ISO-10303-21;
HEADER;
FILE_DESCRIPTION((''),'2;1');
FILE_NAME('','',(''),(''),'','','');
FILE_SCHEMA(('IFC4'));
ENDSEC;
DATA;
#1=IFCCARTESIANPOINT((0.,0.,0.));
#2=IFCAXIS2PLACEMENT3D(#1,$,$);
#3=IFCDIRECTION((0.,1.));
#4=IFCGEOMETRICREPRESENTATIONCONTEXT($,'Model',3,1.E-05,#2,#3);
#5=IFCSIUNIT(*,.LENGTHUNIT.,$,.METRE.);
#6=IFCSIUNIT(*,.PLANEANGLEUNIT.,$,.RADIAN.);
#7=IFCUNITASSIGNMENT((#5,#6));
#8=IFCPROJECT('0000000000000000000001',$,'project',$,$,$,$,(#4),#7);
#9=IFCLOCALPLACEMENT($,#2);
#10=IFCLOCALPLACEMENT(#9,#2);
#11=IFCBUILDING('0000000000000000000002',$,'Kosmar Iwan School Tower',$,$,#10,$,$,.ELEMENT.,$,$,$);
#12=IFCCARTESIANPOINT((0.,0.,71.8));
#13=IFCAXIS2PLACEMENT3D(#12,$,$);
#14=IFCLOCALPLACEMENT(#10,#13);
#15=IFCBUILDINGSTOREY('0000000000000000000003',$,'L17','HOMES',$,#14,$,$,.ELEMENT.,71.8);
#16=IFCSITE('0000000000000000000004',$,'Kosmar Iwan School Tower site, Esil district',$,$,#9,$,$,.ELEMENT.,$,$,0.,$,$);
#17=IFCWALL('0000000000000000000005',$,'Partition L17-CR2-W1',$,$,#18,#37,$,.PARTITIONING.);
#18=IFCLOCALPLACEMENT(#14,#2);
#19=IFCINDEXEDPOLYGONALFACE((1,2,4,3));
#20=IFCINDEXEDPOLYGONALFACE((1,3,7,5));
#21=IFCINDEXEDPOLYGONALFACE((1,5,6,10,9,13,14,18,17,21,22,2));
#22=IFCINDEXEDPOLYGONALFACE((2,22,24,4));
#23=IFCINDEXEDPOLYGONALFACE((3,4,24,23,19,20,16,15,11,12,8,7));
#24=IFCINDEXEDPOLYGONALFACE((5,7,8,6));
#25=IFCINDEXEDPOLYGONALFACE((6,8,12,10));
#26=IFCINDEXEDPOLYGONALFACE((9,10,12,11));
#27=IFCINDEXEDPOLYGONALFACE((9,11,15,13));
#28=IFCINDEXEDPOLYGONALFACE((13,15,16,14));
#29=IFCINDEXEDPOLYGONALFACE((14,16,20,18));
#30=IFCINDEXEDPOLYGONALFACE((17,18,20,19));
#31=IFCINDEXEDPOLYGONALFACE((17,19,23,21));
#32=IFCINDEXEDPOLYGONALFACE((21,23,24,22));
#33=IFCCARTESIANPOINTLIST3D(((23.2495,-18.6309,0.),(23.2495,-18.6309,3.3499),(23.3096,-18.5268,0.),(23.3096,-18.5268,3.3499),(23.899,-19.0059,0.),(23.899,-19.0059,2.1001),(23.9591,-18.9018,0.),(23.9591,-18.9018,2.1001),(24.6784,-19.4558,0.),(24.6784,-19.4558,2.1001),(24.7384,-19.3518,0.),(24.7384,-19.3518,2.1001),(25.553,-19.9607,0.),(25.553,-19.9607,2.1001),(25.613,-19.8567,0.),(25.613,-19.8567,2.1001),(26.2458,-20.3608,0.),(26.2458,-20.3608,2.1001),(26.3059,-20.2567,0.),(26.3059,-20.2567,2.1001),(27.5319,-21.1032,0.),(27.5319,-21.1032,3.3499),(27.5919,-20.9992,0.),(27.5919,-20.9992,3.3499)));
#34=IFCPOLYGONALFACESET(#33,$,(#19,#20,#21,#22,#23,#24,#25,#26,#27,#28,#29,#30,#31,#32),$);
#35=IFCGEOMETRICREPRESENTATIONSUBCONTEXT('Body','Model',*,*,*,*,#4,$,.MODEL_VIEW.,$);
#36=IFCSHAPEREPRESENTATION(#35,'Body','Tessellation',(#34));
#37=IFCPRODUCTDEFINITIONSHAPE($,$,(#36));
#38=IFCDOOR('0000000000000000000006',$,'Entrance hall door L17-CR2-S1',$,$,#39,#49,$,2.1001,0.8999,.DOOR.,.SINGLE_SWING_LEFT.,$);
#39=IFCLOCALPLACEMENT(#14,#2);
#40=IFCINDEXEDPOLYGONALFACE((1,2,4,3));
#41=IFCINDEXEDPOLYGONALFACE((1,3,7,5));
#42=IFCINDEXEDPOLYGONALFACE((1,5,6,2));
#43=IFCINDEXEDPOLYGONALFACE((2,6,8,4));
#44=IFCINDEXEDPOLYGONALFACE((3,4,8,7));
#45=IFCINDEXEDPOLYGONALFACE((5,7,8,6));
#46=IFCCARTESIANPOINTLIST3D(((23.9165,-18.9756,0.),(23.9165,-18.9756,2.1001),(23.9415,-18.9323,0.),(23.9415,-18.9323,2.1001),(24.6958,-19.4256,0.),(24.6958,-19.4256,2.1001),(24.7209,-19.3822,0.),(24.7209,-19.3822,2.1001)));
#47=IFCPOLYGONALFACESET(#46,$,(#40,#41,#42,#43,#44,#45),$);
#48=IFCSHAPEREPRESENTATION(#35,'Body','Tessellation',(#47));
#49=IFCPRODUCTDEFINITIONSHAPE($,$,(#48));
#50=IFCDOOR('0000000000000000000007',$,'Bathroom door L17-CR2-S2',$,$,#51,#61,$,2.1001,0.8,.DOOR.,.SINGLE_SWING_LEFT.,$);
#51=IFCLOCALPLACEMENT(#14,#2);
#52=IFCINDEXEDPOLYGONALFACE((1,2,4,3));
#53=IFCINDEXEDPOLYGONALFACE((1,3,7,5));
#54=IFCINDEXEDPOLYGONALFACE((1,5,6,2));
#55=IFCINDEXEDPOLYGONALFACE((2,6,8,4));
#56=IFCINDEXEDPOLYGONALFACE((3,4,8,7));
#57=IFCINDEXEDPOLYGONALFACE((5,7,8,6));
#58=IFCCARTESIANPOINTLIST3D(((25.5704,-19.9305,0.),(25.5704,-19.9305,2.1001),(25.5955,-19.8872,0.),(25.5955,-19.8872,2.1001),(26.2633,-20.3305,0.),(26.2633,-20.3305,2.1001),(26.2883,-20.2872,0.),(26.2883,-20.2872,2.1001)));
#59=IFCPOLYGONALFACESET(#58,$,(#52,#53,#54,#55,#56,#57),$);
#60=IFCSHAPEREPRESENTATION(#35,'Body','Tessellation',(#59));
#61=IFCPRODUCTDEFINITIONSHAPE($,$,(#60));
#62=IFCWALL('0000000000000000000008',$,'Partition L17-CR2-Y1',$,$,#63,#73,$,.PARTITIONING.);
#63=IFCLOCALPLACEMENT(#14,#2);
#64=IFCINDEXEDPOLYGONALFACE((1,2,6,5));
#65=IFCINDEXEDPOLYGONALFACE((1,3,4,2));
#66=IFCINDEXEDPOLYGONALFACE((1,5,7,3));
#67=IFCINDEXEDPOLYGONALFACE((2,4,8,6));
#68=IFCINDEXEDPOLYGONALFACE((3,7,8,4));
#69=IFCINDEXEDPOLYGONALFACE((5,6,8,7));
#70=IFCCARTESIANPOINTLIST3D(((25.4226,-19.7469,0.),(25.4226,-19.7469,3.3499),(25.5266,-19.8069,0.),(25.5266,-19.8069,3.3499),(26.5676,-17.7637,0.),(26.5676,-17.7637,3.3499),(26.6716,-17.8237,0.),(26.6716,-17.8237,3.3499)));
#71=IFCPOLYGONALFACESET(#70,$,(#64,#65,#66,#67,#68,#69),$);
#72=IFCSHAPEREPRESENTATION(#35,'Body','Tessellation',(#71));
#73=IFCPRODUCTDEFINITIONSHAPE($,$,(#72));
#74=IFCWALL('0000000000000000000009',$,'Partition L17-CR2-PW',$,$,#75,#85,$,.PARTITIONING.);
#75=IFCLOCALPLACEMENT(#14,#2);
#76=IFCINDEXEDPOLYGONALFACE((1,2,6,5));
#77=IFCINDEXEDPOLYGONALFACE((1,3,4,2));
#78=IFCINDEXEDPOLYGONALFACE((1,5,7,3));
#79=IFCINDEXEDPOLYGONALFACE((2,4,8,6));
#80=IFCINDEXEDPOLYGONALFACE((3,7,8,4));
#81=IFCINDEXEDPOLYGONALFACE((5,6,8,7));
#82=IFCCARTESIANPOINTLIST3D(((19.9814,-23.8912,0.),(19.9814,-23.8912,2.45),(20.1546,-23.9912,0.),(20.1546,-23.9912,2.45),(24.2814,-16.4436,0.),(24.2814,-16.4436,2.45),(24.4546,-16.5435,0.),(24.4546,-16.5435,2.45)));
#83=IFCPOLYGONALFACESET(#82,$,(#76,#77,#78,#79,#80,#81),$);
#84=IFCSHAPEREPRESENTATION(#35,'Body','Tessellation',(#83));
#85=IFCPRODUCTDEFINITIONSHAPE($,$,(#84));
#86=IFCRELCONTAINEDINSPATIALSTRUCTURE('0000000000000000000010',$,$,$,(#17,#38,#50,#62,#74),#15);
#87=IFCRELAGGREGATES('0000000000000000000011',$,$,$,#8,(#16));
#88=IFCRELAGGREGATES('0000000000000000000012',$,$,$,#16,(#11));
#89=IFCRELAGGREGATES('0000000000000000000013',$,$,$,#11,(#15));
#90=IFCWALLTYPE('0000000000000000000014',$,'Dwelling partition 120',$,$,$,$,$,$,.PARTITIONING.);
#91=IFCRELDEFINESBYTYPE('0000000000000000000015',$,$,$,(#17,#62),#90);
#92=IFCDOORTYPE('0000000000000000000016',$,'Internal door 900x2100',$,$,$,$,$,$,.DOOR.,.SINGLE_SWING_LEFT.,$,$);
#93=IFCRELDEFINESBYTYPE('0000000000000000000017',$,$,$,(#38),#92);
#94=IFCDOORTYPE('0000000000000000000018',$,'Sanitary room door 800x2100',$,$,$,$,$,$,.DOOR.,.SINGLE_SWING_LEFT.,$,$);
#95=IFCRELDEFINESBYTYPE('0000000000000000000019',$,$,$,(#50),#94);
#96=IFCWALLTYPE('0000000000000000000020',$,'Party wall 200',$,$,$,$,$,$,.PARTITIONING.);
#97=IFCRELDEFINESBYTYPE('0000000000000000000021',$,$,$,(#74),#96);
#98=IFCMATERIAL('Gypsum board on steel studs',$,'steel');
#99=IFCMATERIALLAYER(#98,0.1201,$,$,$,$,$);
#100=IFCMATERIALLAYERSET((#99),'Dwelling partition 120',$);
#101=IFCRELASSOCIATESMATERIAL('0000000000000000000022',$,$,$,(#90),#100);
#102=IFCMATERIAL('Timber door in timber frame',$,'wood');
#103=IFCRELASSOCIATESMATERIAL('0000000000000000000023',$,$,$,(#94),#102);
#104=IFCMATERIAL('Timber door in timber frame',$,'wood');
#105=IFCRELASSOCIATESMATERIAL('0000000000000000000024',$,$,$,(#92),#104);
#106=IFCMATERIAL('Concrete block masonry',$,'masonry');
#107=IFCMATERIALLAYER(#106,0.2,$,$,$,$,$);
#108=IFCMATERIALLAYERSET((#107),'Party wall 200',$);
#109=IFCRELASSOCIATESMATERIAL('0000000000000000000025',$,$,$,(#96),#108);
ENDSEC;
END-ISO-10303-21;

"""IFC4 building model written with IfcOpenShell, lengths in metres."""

from ifc_helpers import new_model, si_unit, direction, frame, frame_2d, origin, place, context, subcontext, project, spatial, rectangle, extrude, material, layer, layer_set, type_object, element, fill, save


model = new_model("IFC4")

# Units and contexts
model_context = context("Model", 3, precision=1e-05, world=origin(), true_north=direction((0.0, 1.0)))
body_context = subcontext(model_context, "Body", "Model", "MODEL_VIEW")
ifc_project = project(units=[si_unit("LENGTHUNIT", "METRE"), si_unit("PLANEANGLEUNIT", "RADIAN")], contexts=[model_context])

# Site, building, storey
site_placement = place(None, origin())
site = spatial("IfcSite", under=ifc_project, at=site_placement, Name="Kosmar Iwan School Tower site, Esil district", CompositionType="ELEMENT", RefElevation=0.0)
building_placement = place(site_placement, origin())
building = spatial("IfcBuilding", under=site, at=building_placement, Name="Kosmar Iwan School Tower", CompositionType="ELEMENT")
storey_placement = place(building_placement, frame((0.0, 0.0, 71.8)))
storey = spatial("IfcBuildingStorey", under=building, at=storey_placement, Name="L17", Description="HOMES", CompositionType="ELEMENT", Elevation=71.8)

# Shared definitions
ifc_material_1 = material(Name="Gypsum board on steel studs", Category="steel")
ifc_layer_1 = layer(ifc_material_1, 0.1201)
ifc_layer_set_1 = layer_set([ifc_layer_1], Name="Dwelling partition 120")
wall_type_1 = type_object("IfcWallType", Name="Dwelling partition 120", PredefinedType="PARTITIONING", material=ifc_layer_set_1)
ifc_material_2 = material(Name="Timber door in timber frame", Category="wood")
door_type_1 = type_object("IfcDoorType", Name="Sanitary room door 800x2100", OperationType="SINGLE_SWING_LEFT", PredefinedType="DOOR", material=ifc_material_2)

# Wall, openings, doors
wall_1_placement = place(storey_placement, frame((23.2795, -18.5789, 0.0), z_axis=(0.0, 0.0, 1.0), x_axis=(0.866032, -0.499989, 0.0)))
wall_1 = element("IfcWall", 1, at=wall_1_placement, inside=storey, type_object=wall_type_1, Name="Partition L17-CR2-W1", PredefinedType="PARTITIONING", context=body_context, shape_type="SweptSolid", body=[
    extrude(rectangle(XDim=4.9448, YDim=0.1201, at=frame_2d((2.4724, 0.0))), origin(), (0.0, 0.0, 1.0), 3.3499),
])
opening_1_placement = place(wall_1_placement, frame((0.75, 0.0, 0.0)))
opening_1 = element("IfcOpeningElement", 2, at=opening_1_placement, cuts=wall_1, PredefinedType="OPENING", context=body_context, shape_type="SweptSolid", body=[
    extrude(rectangle(XDim=0.8999, YDim=2.1001, at=frame_2d((0.45, 1.05))), frame((0.0, 0.072, 0.0), z_axis=(0.0, -1.0, 0.0), x_axis=(1.0, 0.0, 0.0)), (0.0, 0.0, 1.0), 0.144),
])
opening_2_placement = place(wall_1_placement, frame((2.6599, 0.0, 0.0)))
opening_2 = element("IfcOpeningElement", 3, at=opening_2_placement, cuts=wall_1, PredefinedType="OPENING", context=body_context, shape_type="SweptSolid", body=[
    extrude(rectangle(XDim=0.8, YDim=2.1001, at=frame_2d((0.3999, 1.05))), frame((0.0, 0.072, 0.0), z_axis=(0.0, -1.0, 0.0), x_axis=(1.0, 0.0, 0.0)), (0.0, 0.0, 1.0), 0.144),
])
ifc_material_3 = material(Name="Timber door in timber frame", Category="wood")
door_type_2 = type_object("IfcDoorType", Name="Internal door 900x2100", OperationType="SINGLE_SWING_LEFT", PredefinedType="DOOR", material=ifc_material_3)
door_1_placement = place(opening_1_placement, origin())
door_1 = element("IfcDoor", 4, at=door_1_placement, inside=storey, type_object=door_type_2, Name="Entrance hall door L17-CR2-S1", OperationType="SINGLE_SWING_LEFT", OverallHeight=2.1001, OverallWidth=0.8999, PredefinedType="DOOR", context=body_context, shape_type="SweptSolid", body=[
    extrude(rectangle(XDim=0.8999, YDim=2.1001, at=frame_2d((0.45, 1.05))), frame((0.0, 0.0249, 0.0), z_axis=(0.0, -1.0, 0.0), x_axis=(1.0, 0.0, 0.0)), (0.0, 0.0, 1.0), 0.05),
])
fill(opening_1, door_1)
door_2_placement = place(opening_2_placement, origin())
door_2 = element("IfcDoor", 5, at=door_2_placement, inside=storey, type_object=door_type_1, Name="Bathroom door L17-CR2-S2", OperationType="SINGLE_SWING_LEFT", OverallHeight=2.1001, OverallWidth=0.8, PredefinedType="DOOR", context=body_context, shape_type="SweptSolid", body=[
    extrude(rectangle(XDim=0.8, YDim=2.1001, at=frame_2d((0.3999, 1.05))), frame((0.0, 0.0249, 0.0), z_axis=(0.0, -1.0, 0.0), x_axis=(1.0, 0.0, 0.0)), (0.0, 0.0, 1.0), 0.05),
])
fill(opening_2, door_2)

# Walls
wall_2_placement = place(storey_placement, frame((26.6196, -17.7937, 0.0), z_axis=(0.0, 0.0, 1.0), x_axis=(-0.500015, -0.866017, 0.0)))
element("IfcWall", 6, at=wall_2_placement, inside=storey, type_object=wall_type_1, Name="Partition L17-CR2-Y1", PredefinedType="PARTITIONING", context=body_context, shape_type="SweptSolid", body=[
    extrude(rectangle(XDim=2.29, YDim=0.1201, at=frame_2d((1.145, 0.0))), origin(), (0.0, 0.0, 1.0), 3.3499),
])
ifc_material_4 = material(Name="Concrete block masonry", Category="masonry")
ifc_layer_2 = layer(ifc_material_4, 0.2)
ifc_layer_set_2 = layer_set([ifc_layer_2], Name="Party wall 200")
wall_type_2 = type_object("IfcWallType", Name="Party wall 200", PredefinedType="PARTITIONING", material=ifc_layer_set_2)
wall_3_placement = place(storey_placement, frame((24.3679, -16.4937, 0.0), z_axis=(0.0, 0.0, 1.0), x_axis=(-0.500008, -0.866021, 0.0)))
element("IfcWall", 7, at=wall_3_placement, inside=storey, type_object=wall_type_2, Name="Partition L17-CR2-PW", PredefinedType="PARTITIONING", context=body_context, shape_type="SweptSolid", body=[
    extrude(rectangle(XDim=8.5999, YDim=0.2, at=frame_2d((4.2998, 0.0))), origin(), (0.0, 0.0, 1.0), 2.45),
])

save(model, "model.ifc")
